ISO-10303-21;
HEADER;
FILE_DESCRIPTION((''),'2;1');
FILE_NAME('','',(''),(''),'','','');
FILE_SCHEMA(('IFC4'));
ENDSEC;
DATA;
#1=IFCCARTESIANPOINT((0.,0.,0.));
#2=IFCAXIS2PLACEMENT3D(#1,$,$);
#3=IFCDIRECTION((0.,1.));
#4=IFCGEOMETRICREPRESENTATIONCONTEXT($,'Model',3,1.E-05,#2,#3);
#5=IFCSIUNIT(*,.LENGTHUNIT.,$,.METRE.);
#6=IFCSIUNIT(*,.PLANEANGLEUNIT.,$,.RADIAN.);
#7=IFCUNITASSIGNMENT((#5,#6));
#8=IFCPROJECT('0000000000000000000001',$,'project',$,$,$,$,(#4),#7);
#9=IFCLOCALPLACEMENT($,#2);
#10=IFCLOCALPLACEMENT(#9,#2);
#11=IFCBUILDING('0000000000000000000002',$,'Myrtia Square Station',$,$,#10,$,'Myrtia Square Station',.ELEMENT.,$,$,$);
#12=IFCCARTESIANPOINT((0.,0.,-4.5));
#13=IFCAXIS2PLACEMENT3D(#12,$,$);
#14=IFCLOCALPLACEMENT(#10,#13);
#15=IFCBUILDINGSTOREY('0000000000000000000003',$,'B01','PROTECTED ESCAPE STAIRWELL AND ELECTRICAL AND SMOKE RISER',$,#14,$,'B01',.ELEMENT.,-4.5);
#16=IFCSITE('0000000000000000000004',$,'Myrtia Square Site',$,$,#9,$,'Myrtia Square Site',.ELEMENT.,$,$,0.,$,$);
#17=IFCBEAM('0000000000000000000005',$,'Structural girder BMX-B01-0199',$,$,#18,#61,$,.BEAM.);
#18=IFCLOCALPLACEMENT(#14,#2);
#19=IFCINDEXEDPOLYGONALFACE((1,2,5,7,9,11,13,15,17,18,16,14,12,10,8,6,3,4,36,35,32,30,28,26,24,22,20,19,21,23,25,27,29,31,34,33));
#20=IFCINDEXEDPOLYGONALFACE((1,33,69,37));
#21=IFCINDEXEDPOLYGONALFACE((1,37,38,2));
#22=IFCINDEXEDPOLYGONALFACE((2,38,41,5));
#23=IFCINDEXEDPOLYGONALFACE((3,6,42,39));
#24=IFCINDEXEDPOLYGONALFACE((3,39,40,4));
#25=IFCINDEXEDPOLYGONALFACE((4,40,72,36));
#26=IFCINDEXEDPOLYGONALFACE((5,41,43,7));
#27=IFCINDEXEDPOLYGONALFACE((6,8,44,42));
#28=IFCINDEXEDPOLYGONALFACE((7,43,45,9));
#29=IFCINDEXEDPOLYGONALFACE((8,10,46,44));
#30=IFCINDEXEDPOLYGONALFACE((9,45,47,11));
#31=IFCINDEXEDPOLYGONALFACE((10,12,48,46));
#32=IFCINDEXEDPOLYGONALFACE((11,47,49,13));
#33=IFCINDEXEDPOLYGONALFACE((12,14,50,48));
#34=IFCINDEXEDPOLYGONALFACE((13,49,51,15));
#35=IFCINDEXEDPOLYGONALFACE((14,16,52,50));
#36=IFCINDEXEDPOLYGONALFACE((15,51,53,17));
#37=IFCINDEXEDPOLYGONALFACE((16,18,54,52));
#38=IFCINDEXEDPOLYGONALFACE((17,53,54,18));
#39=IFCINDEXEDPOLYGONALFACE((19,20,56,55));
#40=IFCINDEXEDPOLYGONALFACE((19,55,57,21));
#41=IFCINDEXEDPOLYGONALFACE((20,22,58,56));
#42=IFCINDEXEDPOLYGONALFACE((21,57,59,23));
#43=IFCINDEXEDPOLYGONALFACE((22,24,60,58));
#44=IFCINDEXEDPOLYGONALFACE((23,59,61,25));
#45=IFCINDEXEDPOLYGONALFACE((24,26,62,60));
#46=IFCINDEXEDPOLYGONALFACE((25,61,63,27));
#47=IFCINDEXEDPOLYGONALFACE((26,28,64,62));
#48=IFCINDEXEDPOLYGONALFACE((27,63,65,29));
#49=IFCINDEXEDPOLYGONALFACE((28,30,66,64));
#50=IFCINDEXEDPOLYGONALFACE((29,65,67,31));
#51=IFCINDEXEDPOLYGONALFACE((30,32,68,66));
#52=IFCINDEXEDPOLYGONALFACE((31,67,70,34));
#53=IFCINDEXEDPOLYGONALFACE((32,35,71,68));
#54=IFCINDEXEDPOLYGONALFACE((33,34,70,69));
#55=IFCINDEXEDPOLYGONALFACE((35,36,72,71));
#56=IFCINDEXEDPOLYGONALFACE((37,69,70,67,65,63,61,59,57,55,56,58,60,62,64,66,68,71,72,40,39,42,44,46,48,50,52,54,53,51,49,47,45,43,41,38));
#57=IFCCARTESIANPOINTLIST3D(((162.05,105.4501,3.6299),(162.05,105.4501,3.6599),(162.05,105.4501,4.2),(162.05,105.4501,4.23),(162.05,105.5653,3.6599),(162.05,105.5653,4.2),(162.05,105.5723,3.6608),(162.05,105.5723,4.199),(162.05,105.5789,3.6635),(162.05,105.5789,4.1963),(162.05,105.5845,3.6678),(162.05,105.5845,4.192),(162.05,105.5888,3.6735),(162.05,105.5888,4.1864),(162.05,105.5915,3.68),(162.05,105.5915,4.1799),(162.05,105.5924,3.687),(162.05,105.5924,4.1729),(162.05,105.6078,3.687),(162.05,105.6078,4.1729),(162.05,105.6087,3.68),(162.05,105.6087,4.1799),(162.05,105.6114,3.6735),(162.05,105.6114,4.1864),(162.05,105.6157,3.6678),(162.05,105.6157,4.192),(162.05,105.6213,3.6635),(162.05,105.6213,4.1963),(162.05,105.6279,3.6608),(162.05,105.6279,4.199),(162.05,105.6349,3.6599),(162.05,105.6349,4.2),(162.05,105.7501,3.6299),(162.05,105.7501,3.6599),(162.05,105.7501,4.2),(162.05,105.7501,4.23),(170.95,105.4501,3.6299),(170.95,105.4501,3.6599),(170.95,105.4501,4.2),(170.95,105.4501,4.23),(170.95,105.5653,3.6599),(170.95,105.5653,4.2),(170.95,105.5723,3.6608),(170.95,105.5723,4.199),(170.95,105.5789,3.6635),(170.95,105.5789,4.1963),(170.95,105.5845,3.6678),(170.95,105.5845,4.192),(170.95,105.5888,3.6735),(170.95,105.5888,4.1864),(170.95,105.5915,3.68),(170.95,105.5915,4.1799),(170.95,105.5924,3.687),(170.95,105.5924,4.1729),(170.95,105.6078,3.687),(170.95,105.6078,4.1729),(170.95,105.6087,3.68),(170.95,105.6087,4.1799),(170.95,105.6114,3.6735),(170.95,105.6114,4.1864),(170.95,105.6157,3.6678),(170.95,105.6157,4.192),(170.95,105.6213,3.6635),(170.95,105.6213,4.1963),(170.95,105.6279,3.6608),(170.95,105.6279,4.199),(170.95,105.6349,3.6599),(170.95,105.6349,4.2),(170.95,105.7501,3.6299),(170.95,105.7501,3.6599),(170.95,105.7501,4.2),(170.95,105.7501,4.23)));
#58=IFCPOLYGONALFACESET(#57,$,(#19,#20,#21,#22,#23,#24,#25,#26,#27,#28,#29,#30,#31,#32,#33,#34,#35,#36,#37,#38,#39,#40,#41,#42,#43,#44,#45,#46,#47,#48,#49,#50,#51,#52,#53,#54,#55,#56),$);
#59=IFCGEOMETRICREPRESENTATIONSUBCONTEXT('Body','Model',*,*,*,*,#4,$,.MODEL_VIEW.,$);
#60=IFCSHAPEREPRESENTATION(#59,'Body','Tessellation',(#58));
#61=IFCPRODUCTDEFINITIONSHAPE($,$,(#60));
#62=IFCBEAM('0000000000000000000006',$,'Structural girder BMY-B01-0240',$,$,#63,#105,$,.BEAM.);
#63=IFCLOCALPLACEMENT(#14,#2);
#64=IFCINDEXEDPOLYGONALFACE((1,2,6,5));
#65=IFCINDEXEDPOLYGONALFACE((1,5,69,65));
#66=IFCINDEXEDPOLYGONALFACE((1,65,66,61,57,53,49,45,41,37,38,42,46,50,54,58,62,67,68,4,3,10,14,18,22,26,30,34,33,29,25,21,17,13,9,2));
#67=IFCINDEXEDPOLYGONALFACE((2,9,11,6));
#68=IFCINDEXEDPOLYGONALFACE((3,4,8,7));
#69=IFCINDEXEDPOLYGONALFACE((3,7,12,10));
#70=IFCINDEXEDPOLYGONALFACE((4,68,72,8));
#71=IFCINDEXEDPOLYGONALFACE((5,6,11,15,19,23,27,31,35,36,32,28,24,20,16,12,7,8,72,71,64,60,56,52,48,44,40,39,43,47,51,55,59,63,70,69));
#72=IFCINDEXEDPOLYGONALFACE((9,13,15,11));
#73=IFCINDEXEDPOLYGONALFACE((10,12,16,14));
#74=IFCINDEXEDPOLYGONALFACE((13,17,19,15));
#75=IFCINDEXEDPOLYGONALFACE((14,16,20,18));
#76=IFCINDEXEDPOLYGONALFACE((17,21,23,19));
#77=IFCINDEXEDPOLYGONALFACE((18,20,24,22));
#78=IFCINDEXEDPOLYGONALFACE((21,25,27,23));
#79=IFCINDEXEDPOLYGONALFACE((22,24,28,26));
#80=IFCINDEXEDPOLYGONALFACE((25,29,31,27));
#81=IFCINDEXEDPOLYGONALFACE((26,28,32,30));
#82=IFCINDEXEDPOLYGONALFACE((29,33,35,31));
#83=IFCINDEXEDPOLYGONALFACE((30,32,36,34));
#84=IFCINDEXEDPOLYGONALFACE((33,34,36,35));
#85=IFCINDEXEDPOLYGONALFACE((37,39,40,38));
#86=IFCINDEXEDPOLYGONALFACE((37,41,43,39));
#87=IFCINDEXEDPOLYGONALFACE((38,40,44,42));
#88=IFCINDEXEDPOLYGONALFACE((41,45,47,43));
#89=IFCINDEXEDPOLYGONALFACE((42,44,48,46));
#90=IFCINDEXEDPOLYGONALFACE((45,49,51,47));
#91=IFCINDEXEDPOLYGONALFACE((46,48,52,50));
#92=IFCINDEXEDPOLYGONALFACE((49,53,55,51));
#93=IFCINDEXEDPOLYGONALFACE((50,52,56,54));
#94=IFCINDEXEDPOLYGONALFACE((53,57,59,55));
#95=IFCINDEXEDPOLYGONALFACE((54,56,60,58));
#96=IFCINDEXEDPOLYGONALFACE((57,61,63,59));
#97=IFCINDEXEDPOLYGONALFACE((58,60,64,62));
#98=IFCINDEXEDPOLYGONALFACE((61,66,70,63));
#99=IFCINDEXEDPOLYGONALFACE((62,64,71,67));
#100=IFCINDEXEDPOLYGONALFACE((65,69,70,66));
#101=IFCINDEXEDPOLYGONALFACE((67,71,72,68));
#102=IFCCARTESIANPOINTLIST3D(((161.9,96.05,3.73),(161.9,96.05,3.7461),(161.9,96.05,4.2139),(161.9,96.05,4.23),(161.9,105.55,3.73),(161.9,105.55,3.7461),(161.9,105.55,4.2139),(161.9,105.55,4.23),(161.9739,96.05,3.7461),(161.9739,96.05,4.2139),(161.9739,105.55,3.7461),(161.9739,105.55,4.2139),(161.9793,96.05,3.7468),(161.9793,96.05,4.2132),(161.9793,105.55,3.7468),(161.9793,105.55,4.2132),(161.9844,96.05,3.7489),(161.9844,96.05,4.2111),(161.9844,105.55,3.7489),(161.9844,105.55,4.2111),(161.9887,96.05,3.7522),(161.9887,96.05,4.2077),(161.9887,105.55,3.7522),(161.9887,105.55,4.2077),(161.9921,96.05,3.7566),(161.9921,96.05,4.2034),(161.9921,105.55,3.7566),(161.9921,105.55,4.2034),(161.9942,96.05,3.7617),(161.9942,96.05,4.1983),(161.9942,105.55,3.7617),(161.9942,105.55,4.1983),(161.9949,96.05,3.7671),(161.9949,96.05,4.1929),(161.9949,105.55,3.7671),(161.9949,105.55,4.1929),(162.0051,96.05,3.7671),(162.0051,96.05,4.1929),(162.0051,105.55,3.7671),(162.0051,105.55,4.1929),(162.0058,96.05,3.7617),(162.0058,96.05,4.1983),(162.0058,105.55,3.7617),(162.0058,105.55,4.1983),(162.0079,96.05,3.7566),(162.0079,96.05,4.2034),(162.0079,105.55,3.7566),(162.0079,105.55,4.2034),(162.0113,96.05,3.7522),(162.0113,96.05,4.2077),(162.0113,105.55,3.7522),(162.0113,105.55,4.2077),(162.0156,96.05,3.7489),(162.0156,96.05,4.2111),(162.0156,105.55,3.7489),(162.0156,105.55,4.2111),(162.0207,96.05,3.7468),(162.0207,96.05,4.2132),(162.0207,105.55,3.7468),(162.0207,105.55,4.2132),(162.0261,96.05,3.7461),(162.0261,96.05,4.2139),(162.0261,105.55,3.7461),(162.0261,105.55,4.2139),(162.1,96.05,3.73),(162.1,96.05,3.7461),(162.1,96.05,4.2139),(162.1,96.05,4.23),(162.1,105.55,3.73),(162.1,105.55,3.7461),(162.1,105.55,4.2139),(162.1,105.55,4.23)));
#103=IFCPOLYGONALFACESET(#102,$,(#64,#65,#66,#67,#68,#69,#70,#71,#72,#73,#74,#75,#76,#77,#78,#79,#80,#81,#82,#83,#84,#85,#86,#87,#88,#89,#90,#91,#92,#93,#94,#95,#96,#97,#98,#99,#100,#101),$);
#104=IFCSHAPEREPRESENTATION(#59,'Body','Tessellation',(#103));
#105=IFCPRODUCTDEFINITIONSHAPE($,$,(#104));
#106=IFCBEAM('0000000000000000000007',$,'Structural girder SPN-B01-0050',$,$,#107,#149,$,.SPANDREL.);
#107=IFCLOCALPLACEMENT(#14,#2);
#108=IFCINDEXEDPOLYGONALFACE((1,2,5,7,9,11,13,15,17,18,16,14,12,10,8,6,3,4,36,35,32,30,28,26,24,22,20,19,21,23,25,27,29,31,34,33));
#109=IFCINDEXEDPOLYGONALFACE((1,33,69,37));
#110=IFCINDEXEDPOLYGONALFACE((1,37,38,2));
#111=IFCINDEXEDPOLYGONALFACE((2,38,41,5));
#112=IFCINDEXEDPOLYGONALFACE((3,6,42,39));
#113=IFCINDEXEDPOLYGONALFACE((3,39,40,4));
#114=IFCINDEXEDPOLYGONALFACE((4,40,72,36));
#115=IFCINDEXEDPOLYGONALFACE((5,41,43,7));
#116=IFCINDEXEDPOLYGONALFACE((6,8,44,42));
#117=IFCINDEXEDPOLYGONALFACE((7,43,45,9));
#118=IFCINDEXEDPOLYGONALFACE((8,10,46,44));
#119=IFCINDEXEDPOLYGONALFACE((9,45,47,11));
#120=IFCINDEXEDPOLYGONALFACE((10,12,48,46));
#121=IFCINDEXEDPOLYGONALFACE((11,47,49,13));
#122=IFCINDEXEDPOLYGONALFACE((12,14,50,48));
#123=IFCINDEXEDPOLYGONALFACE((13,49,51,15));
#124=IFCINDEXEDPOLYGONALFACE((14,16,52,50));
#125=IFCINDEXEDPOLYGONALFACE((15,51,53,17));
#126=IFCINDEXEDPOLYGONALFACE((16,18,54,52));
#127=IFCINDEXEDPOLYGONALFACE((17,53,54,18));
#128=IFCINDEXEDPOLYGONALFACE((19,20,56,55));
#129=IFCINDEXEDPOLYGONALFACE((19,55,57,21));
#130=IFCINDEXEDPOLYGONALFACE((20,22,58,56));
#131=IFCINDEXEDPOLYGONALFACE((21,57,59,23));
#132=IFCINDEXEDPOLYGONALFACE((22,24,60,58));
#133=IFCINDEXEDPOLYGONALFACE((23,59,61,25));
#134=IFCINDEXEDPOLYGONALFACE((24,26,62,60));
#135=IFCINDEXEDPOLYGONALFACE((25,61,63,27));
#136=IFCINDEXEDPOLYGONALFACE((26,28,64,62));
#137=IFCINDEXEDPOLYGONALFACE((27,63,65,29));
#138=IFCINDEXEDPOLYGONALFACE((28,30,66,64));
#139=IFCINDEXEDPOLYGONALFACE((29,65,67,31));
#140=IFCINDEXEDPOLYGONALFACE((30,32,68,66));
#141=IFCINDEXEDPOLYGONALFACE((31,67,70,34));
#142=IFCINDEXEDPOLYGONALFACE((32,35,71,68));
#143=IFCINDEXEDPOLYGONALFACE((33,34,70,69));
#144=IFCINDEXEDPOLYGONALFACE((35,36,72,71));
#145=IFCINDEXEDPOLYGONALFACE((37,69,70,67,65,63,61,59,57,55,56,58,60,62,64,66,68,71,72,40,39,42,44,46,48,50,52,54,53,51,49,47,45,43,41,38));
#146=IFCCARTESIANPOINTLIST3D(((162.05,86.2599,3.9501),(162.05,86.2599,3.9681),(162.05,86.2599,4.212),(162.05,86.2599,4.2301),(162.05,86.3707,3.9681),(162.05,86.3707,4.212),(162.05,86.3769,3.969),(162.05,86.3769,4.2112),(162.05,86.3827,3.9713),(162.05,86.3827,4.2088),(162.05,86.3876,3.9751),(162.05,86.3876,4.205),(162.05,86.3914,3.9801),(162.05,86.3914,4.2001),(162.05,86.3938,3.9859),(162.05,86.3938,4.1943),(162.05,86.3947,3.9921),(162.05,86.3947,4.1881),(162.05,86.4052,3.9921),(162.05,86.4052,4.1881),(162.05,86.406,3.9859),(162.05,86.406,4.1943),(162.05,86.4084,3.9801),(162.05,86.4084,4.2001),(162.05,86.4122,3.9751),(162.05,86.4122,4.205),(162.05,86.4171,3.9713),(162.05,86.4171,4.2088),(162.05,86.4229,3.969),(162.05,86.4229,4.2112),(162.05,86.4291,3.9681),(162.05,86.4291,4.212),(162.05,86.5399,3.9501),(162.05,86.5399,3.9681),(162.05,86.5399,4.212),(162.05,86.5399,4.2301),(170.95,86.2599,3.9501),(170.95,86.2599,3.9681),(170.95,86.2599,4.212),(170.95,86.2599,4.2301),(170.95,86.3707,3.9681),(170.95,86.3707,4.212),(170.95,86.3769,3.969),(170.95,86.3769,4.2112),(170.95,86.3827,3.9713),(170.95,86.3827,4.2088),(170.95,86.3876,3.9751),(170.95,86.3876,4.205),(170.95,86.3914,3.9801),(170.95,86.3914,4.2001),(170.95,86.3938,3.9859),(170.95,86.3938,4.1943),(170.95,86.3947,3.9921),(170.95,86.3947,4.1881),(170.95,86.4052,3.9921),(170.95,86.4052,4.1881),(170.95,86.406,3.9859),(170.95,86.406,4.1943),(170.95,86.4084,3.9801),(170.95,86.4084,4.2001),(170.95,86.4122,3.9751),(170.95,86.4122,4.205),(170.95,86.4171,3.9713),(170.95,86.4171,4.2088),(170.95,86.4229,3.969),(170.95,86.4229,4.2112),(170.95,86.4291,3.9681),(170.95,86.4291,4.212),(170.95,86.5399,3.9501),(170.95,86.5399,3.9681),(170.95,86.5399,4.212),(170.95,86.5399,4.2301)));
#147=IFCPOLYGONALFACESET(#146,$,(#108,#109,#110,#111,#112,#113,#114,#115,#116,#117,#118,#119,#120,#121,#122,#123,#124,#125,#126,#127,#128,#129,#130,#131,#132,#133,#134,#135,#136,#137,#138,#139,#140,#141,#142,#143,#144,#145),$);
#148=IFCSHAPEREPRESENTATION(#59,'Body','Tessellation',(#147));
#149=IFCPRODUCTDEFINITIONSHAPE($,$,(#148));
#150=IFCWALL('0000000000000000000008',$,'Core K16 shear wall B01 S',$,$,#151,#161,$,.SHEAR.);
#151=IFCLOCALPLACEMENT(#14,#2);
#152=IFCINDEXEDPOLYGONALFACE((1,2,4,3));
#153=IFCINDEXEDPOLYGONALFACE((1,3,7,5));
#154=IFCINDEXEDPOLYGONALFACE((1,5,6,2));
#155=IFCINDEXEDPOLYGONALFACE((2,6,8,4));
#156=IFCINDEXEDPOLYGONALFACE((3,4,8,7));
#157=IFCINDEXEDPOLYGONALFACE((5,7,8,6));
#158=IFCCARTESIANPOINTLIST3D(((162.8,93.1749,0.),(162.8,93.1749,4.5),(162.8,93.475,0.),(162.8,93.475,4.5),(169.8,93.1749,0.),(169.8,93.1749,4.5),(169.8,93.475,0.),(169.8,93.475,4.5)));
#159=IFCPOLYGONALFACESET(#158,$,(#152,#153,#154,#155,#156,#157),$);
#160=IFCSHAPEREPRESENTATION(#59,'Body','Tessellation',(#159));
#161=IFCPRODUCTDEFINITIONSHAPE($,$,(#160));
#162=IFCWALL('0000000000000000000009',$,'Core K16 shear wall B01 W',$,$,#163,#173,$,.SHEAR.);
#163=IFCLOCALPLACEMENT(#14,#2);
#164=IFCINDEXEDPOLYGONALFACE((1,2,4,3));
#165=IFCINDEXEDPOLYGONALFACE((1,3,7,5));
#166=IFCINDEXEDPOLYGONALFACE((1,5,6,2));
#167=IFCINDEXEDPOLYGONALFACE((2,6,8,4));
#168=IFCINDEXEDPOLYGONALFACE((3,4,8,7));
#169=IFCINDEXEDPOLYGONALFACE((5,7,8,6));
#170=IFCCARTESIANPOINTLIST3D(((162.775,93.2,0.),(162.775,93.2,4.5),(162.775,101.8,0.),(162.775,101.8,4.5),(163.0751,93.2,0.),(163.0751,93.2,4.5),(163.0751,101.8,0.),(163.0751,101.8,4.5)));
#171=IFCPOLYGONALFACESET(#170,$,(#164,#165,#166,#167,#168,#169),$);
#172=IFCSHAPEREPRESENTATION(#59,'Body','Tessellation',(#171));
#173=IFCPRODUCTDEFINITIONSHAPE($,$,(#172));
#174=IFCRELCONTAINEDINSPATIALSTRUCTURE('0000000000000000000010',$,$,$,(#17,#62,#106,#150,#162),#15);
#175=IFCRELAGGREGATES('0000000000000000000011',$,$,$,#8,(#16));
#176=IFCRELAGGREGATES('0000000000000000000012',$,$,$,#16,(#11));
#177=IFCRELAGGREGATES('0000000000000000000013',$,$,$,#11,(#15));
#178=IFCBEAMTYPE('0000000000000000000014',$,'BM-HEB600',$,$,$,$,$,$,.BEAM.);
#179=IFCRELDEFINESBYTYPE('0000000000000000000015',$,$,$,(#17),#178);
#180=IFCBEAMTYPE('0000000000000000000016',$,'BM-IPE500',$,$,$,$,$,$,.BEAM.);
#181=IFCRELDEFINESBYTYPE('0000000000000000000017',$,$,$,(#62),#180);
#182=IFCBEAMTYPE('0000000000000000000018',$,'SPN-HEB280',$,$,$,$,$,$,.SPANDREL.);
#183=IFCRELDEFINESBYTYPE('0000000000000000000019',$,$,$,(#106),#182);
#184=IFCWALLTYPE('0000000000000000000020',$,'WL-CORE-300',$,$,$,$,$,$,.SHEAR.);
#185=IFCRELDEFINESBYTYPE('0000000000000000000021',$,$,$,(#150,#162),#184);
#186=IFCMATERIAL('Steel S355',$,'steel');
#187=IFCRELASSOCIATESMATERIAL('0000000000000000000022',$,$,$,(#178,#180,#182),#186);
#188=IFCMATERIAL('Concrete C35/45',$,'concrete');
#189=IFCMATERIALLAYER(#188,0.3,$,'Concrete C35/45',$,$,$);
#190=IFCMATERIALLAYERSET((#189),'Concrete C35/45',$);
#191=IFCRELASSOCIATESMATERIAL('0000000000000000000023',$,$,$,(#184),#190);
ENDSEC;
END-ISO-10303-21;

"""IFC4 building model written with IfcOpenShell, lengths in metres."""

from ifc_helpers import new_model, si_unit, direction, frame, frame_2d, origin, origin_2d, place, context, subcontext, project, spatial, rectangle, i_section, extrude, material, layer, layer_set, material_profile, profile_set, type_object, element, save


model = new_model("IFC4")

# Units and contexts
model_context = context("Model", 3, precision=1e-05, world=origin(), true_north=direction((0.0, 1.0)))
body_context = subcontext(model_context, "Body", "Model", "MODEL_VIEW")
ifc_project = project(units=[si_unit("LENGTHUNIT", "METRE"), si_unit("PLANEANGLEUNIT", "RADIAN")], contexts=[model_context])

# Site, building, storey
site_placement = place(None, origin())
site = spatial("IfcSite", under=ifc_project, at=site_placement, Name="Myrtia Square Site", LongName="Myrtia Square Site", CompositionType="ELEMENT", RefElevation=0.0)
building_placement = place(site_placement, origin())
building = spatial("IfcBuilding", under=site, at=building_placement, Name="Myrtia Square Station", LongName="Myrtia Square Station", CompositionType="ELEMENT")
storey_placement = place(building_placement, frame((0.0, 0.0, -4.5)))
storey = spatial("IfcBuildingStorey", under=building, at=storey_placement, Name="B01", Description="PROTECTED ESCAPE STAIRWELL AND ELECTRICAL AND SMOKE RISER", LongName="B01", CompositionType="ELEMENT", Elevation=-4.5)

# Shared definitions
ifc_material_1 = material(Name="Concrete C35/45", Category="concrete")

# Shared definitions
ifc_material_2 = material(Name="Steel S355", Category="steel")

# Beams
ifc_material_profile_1 = material_profile(ifc_material_2, i_section(OverallWidth=0.3, OverallDepth=0.6001, WebThickness=0.0154, FlangeThickness=0.03, FilletRadius=0.0271, at=origin_2d()), Name="HEB 600")
ifc_profile_set_1 = profile_set([ifc_material_profile_1], Name="Steel S355")
beam_type_1 = type_object("IfcBeamType", Name="BM-HEB600", PredefinedType="BEAM", material=ifc_profile_set_1)
beam_1_placement = place(storey_placement, frame((162.05, 105.6001, 3.9299), z_axis=(1.0, 0.0, 0.0), x_axis=(0.0, 1.0, 0.0)))
element("IfcBeam", 1, at=beam_1_placement, inside=storey, type_object=beam_type_1, Name="Structural girder BMX-B01-0199", PredefinedType="BEAM", context=body_context, shape_type="SweptSolid", body=[
    extrude(i_section(OverallWidth=0.3, OverallDepth=0.6001, WebThickness=0.0154, FlangeThickness=0.03, FilletRadius=0.0271, at=origin_2d()), origin(), (0.0, 0.0, 1.0), 8.8999),
])
ifc_material_profile_2 = material_profile(ifc_material_2, i_section(OverallWidth=0.2, OverallDepth=0.5, WebThickness=0.0103, FlangeThickness=0.0161, FilletRadius=0.021, at=origin_2d()), Name="IPE 500")
ifc_profile_set_2 = profile_set([ifc_material_profile_2], Name="Steel S355")
beam_type_2 = type_object("IfcBeamType", Name="BM-IPE500", PredefinedType="BEAM", material=ifc_profile_set_2)
beam_2_placement = place(storey_placement, frame((162.0, 96.05, 3.98), z_axis=(0.0, 1.0, 0.0), x_axis=(-1.0, 0.0, 0.0)))
element("IfcBeam", 2, at=beam_2_placement, inside=storey, type_object=beam_type_2, Name="Structural girder BMY-B01-0240", PredefinedType="BEAM", context=body_context, shape_type="SweptSolid", body=[
    extrude(i_section(OverallWidth=0.2, OverallDepth=0.5, WebThickness=0.0103, FlangeThickness=0.0161, FilletRadius=0.021, at=origin_2d()), origin(), (0.0, 0.0, 1.0), 9.5),
])
ifc_material_profile_3 = material_profile(ifc_material_2, i_section(OverallWidth=0.28, OverallDepth=0.28, WebThickness=0.0105, FlangeThickness=0.0181, FilletRadius=0.0239, at=origin_2d()), Name="HEB 280")
ifc_profile_set_3 = profile_set([ifc_material_profile_3], Name="Steel S355")
beam_type_3 = type_object("IfcBeamType", Name="SPN-HEB280", PredefinedType="SPANDREL", material=ifc_profile_set_3)
beam_3_placement = place(storey_placement, frame((162.05, 86.3999, 4.0901), z_axis=(1.0, 0.0, 0.0), x_axis=(0.0, 1.0, 0.0)))
element("IfcBeam", 3, at=beam_3_placement, inside=storey, type_object=beam_type_3, Name="Structural girder SPN-B01-0050", PredefinedType="SPANDREL", context=body_context, shape_type="SweptSolid", body=[
    extrude(i_section(OverallWidth=0.28, OverallDepth=0.28, WebThickness=0.0105, FlangeThickness=0.0181, FilletRadius=0.0239, at=origin_2d()), origin(), (0.0, 0.0, 1.0), 8.8999),
])

# Wall
ifc_layer = layer(ifc_material_1, 0.3, Name="Concrete C35/45")
ifc_layer_set = layer_set([ifc_layer], Name="Concrete C35/45")
wall_type = type_object("IfcWallType", Name="WL-CORE-300", PredefinedType="SHEAR", material=ifc_layer_set)
wall_1_placement = place(storey_placement, frame((162.8, 93.325, 0.0), z_axis=(0.0, 0.0, 1.0), x_axis=(1.0, 0.0, 0.0)))
element("IfcWall", 4, at=wall_1_placement, inside=storey, type_object=wall_type, Name="Core K16 shear wall B01 S", PredefinedType="SHEAR", context=body_context, shape_type="SweptSolid", body=[
    extrude(rectangle(XDim=7.0, YDim=0.3, at=frame_2d((3.5, 0.0))), origin(), (0.0, 0.0, 1.0), 4.5),
])

# Wall
wall_2_placement = place(storey_placement, frame((162.925, 93.2, 0.0), z_axis=(0.0, 0.0, 1.0), x_axis=(0.0, 1.0, 0.0)))
element("IfcWall", 5, at=wall_2_placement, inside=storey, type_object=wall_type, Name="Core K16 shear wall B01 W", PredefinedType="SHEAR", context=body_context, shape_type="SweptSolid", body=[
    extrude(rectangle(XDim=8.6001, YDim=0.3, at=frame_2d((4.3, 0.0))), origin(), (0.0, 0.0, 1.0), 4.5),
])

save(model, "model.ifc")
